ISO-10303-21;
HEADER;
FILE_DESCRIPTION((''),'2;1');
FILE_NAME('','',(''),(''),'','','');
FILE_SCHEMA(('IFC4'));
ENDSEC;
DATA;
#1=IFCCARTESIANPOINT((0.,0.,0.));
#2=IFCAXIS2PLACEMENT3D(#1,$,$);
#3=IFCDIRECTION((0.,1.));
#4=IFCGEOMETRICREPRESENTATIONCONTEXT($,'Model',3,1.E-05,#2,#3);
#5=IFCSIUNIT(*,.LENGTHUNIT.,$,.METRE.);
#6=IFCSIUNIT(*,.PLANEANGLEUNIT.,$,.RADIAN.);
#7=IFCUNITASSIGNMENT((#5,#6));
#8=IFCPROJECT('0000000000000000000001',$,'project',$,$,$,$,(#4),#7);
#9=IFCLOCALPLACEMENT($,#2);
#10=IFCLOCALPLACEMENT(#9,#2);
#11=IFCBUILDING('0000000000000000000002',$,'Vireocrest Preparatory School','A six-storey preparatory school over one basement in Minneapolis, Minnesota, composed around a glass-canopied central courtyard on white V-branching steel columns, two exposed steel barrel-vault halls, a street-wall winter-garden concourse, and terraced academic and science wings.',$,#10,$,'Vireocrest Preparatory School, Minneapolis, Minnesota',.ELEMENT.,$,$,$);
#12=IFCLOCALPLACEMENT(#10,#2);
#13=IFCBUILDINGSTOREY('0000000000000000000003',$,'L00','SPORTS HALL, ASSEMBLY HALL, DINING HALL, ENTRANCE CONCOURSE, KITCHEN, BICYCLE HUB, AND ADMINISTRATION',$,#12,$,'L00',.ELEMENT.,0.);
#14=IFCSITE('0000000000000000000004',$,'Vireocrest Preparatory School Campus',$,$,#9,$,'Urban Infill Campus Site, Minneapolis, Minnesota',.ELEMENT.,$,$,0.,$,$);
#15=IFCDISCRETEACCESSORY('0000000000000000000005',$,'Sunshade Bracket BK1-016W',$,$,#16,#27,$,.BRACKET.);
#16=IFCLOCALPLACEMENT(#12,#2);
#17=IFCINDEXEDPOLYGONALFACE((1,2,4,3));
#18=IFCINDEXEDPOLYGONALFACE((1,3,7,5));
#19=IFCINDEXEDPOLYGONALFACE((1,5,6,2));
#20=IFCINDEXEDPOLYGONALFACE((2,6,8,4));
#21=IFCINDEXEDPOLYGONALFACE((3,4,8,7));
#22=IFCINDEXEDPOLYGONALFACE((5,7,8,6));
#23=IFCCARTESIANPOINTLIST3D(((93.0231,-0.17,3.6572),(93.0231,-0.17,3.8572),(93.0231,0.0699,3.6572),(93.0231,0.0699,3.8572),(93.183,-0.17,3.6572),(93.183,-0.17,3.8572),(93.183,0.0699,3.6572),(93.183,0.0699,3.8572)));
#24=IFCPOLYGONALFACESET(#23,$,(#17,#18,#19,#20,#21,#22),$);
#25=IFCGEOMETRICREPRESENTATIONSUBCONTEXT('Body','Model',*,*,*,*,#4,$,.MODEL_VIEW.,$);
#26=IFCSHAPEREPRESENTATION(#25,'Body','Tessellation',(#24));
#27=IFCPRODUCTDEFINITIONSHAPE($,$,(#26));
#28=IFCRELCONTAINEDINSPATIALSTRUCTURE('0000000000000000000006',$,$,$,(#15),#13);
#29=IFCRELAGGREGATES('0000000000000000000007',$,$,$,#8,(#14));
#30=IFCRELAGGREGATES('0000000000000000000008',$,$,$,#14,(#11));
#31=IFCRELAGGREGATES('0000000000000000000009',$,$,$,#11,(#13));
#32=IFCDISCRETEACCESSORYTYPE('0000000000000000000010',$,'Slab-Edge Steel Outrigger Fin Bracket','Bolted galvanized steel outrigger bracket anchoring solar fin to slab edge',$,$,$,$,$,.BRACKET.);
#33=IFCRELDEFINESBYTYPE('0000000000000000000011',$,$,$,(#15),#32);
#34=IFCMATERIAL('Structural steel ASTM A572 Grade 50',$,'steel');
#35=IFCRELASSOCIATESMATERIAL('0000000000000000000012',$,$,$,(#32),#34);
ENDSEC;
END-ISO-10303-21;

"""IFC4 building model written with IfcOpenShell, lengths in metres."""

from ifc_helpers import new_model, si_unit, direction, frame, origin, origin_2d, place, context, subcontext, project, spatial, rectangle, extrude, material, type_object, element, save


model = new_model("IFC4")

# Units and contexts
model_context = context("Model", 3, precision=1e-05, world=origin(), true_north=direction((0.0, 1.0)))
body_context = subcontext(model_context, "Body", "Model", "MODEL_VIEW")
ifc_project = project(units=[si_unit("LENGTHUNIT", "METRE"), si_unit("PLANEANGLEUNIT", "RADIAN")], contexts=[model_context])

# Site, building, storey
site_placement = place(None, origin())
site = spatial("IfcSite", under=ifc_project, at=site_placement, Name="Vireocrest Preparatory School Campus", LongName="Urban Infill Campus Site, Minneapolis, Minnesota", CompositionType="ELEMENT", RefElevation=0.0)
building_placement = place(site_placement, origin())
building = spatial("IfcBuilding", under=site, at=building_placement, Name="Vireocrest Preparatory School", Description="A six-storey preparatory school over one basement in Minneapolis, Minnesota, composed around a glass-canopied central courtyard on white V-branching steel columns, two exposed steel barrel-vault halls, a street-wall winter-garden concourse, and terraced academic and science wings.", LongName="Vireocrest Preparatory School, Minneapolis, Minnesota", CompositionType="ELEMENT")
storey_placement = place(building_placement, origin())
storey = spatial("IfcBuildingStorey", under=building, at=storey_placement, Name="L00", Description="SPORTS HALL, ASSEMBLY HALL, DINING HALL, ENTRANCE CONCOURSE, KITCHEN, BICYCLE HUB, AND ADMINISTRATION", LongName="L00", CompositionType="ELEMENT", Elevation=0.0)

# Discrete accessory
ifc_material_1 = material(Name="Structural steel ASTM A572 Grade 50", Category="steel")
discrete_accessory_type = type_object("IfcDiscreteAccessoryType", Name="Slab-Edge Steel Outrigger Fin Bracket", Description="Bolted galvanized steel outrigger bracket anchoring solar fin to slab edge", PredefinedType="BRACKET", material=ifc_material_1)
for number, where, z_axis, x_axis, name in (
    (1, (93.103, -0.05, 3.6572), (0.0, 0.0, 1.0), (1.0, 0.0, 0.0), "Sunshade Bracket BK1-016W"),
):
    element("IfcDiscreteAccessory", number, at=place(storey_placement, frame(where, z_axis=z_axis, x_axis=x_axis)), inside=storey, type_object=discrete_accessory_type, Name=name, PredefinedType="BRACKET", context=body_context, shape_type="SweptSolid", body=[
        extrude(rectangle(XDim=0.1599, YDim=0.24, at=origin_2d()), origin(), (0.0, 0.0, 1.0), 0.2),
    ])

save(model, "model.ifc")
